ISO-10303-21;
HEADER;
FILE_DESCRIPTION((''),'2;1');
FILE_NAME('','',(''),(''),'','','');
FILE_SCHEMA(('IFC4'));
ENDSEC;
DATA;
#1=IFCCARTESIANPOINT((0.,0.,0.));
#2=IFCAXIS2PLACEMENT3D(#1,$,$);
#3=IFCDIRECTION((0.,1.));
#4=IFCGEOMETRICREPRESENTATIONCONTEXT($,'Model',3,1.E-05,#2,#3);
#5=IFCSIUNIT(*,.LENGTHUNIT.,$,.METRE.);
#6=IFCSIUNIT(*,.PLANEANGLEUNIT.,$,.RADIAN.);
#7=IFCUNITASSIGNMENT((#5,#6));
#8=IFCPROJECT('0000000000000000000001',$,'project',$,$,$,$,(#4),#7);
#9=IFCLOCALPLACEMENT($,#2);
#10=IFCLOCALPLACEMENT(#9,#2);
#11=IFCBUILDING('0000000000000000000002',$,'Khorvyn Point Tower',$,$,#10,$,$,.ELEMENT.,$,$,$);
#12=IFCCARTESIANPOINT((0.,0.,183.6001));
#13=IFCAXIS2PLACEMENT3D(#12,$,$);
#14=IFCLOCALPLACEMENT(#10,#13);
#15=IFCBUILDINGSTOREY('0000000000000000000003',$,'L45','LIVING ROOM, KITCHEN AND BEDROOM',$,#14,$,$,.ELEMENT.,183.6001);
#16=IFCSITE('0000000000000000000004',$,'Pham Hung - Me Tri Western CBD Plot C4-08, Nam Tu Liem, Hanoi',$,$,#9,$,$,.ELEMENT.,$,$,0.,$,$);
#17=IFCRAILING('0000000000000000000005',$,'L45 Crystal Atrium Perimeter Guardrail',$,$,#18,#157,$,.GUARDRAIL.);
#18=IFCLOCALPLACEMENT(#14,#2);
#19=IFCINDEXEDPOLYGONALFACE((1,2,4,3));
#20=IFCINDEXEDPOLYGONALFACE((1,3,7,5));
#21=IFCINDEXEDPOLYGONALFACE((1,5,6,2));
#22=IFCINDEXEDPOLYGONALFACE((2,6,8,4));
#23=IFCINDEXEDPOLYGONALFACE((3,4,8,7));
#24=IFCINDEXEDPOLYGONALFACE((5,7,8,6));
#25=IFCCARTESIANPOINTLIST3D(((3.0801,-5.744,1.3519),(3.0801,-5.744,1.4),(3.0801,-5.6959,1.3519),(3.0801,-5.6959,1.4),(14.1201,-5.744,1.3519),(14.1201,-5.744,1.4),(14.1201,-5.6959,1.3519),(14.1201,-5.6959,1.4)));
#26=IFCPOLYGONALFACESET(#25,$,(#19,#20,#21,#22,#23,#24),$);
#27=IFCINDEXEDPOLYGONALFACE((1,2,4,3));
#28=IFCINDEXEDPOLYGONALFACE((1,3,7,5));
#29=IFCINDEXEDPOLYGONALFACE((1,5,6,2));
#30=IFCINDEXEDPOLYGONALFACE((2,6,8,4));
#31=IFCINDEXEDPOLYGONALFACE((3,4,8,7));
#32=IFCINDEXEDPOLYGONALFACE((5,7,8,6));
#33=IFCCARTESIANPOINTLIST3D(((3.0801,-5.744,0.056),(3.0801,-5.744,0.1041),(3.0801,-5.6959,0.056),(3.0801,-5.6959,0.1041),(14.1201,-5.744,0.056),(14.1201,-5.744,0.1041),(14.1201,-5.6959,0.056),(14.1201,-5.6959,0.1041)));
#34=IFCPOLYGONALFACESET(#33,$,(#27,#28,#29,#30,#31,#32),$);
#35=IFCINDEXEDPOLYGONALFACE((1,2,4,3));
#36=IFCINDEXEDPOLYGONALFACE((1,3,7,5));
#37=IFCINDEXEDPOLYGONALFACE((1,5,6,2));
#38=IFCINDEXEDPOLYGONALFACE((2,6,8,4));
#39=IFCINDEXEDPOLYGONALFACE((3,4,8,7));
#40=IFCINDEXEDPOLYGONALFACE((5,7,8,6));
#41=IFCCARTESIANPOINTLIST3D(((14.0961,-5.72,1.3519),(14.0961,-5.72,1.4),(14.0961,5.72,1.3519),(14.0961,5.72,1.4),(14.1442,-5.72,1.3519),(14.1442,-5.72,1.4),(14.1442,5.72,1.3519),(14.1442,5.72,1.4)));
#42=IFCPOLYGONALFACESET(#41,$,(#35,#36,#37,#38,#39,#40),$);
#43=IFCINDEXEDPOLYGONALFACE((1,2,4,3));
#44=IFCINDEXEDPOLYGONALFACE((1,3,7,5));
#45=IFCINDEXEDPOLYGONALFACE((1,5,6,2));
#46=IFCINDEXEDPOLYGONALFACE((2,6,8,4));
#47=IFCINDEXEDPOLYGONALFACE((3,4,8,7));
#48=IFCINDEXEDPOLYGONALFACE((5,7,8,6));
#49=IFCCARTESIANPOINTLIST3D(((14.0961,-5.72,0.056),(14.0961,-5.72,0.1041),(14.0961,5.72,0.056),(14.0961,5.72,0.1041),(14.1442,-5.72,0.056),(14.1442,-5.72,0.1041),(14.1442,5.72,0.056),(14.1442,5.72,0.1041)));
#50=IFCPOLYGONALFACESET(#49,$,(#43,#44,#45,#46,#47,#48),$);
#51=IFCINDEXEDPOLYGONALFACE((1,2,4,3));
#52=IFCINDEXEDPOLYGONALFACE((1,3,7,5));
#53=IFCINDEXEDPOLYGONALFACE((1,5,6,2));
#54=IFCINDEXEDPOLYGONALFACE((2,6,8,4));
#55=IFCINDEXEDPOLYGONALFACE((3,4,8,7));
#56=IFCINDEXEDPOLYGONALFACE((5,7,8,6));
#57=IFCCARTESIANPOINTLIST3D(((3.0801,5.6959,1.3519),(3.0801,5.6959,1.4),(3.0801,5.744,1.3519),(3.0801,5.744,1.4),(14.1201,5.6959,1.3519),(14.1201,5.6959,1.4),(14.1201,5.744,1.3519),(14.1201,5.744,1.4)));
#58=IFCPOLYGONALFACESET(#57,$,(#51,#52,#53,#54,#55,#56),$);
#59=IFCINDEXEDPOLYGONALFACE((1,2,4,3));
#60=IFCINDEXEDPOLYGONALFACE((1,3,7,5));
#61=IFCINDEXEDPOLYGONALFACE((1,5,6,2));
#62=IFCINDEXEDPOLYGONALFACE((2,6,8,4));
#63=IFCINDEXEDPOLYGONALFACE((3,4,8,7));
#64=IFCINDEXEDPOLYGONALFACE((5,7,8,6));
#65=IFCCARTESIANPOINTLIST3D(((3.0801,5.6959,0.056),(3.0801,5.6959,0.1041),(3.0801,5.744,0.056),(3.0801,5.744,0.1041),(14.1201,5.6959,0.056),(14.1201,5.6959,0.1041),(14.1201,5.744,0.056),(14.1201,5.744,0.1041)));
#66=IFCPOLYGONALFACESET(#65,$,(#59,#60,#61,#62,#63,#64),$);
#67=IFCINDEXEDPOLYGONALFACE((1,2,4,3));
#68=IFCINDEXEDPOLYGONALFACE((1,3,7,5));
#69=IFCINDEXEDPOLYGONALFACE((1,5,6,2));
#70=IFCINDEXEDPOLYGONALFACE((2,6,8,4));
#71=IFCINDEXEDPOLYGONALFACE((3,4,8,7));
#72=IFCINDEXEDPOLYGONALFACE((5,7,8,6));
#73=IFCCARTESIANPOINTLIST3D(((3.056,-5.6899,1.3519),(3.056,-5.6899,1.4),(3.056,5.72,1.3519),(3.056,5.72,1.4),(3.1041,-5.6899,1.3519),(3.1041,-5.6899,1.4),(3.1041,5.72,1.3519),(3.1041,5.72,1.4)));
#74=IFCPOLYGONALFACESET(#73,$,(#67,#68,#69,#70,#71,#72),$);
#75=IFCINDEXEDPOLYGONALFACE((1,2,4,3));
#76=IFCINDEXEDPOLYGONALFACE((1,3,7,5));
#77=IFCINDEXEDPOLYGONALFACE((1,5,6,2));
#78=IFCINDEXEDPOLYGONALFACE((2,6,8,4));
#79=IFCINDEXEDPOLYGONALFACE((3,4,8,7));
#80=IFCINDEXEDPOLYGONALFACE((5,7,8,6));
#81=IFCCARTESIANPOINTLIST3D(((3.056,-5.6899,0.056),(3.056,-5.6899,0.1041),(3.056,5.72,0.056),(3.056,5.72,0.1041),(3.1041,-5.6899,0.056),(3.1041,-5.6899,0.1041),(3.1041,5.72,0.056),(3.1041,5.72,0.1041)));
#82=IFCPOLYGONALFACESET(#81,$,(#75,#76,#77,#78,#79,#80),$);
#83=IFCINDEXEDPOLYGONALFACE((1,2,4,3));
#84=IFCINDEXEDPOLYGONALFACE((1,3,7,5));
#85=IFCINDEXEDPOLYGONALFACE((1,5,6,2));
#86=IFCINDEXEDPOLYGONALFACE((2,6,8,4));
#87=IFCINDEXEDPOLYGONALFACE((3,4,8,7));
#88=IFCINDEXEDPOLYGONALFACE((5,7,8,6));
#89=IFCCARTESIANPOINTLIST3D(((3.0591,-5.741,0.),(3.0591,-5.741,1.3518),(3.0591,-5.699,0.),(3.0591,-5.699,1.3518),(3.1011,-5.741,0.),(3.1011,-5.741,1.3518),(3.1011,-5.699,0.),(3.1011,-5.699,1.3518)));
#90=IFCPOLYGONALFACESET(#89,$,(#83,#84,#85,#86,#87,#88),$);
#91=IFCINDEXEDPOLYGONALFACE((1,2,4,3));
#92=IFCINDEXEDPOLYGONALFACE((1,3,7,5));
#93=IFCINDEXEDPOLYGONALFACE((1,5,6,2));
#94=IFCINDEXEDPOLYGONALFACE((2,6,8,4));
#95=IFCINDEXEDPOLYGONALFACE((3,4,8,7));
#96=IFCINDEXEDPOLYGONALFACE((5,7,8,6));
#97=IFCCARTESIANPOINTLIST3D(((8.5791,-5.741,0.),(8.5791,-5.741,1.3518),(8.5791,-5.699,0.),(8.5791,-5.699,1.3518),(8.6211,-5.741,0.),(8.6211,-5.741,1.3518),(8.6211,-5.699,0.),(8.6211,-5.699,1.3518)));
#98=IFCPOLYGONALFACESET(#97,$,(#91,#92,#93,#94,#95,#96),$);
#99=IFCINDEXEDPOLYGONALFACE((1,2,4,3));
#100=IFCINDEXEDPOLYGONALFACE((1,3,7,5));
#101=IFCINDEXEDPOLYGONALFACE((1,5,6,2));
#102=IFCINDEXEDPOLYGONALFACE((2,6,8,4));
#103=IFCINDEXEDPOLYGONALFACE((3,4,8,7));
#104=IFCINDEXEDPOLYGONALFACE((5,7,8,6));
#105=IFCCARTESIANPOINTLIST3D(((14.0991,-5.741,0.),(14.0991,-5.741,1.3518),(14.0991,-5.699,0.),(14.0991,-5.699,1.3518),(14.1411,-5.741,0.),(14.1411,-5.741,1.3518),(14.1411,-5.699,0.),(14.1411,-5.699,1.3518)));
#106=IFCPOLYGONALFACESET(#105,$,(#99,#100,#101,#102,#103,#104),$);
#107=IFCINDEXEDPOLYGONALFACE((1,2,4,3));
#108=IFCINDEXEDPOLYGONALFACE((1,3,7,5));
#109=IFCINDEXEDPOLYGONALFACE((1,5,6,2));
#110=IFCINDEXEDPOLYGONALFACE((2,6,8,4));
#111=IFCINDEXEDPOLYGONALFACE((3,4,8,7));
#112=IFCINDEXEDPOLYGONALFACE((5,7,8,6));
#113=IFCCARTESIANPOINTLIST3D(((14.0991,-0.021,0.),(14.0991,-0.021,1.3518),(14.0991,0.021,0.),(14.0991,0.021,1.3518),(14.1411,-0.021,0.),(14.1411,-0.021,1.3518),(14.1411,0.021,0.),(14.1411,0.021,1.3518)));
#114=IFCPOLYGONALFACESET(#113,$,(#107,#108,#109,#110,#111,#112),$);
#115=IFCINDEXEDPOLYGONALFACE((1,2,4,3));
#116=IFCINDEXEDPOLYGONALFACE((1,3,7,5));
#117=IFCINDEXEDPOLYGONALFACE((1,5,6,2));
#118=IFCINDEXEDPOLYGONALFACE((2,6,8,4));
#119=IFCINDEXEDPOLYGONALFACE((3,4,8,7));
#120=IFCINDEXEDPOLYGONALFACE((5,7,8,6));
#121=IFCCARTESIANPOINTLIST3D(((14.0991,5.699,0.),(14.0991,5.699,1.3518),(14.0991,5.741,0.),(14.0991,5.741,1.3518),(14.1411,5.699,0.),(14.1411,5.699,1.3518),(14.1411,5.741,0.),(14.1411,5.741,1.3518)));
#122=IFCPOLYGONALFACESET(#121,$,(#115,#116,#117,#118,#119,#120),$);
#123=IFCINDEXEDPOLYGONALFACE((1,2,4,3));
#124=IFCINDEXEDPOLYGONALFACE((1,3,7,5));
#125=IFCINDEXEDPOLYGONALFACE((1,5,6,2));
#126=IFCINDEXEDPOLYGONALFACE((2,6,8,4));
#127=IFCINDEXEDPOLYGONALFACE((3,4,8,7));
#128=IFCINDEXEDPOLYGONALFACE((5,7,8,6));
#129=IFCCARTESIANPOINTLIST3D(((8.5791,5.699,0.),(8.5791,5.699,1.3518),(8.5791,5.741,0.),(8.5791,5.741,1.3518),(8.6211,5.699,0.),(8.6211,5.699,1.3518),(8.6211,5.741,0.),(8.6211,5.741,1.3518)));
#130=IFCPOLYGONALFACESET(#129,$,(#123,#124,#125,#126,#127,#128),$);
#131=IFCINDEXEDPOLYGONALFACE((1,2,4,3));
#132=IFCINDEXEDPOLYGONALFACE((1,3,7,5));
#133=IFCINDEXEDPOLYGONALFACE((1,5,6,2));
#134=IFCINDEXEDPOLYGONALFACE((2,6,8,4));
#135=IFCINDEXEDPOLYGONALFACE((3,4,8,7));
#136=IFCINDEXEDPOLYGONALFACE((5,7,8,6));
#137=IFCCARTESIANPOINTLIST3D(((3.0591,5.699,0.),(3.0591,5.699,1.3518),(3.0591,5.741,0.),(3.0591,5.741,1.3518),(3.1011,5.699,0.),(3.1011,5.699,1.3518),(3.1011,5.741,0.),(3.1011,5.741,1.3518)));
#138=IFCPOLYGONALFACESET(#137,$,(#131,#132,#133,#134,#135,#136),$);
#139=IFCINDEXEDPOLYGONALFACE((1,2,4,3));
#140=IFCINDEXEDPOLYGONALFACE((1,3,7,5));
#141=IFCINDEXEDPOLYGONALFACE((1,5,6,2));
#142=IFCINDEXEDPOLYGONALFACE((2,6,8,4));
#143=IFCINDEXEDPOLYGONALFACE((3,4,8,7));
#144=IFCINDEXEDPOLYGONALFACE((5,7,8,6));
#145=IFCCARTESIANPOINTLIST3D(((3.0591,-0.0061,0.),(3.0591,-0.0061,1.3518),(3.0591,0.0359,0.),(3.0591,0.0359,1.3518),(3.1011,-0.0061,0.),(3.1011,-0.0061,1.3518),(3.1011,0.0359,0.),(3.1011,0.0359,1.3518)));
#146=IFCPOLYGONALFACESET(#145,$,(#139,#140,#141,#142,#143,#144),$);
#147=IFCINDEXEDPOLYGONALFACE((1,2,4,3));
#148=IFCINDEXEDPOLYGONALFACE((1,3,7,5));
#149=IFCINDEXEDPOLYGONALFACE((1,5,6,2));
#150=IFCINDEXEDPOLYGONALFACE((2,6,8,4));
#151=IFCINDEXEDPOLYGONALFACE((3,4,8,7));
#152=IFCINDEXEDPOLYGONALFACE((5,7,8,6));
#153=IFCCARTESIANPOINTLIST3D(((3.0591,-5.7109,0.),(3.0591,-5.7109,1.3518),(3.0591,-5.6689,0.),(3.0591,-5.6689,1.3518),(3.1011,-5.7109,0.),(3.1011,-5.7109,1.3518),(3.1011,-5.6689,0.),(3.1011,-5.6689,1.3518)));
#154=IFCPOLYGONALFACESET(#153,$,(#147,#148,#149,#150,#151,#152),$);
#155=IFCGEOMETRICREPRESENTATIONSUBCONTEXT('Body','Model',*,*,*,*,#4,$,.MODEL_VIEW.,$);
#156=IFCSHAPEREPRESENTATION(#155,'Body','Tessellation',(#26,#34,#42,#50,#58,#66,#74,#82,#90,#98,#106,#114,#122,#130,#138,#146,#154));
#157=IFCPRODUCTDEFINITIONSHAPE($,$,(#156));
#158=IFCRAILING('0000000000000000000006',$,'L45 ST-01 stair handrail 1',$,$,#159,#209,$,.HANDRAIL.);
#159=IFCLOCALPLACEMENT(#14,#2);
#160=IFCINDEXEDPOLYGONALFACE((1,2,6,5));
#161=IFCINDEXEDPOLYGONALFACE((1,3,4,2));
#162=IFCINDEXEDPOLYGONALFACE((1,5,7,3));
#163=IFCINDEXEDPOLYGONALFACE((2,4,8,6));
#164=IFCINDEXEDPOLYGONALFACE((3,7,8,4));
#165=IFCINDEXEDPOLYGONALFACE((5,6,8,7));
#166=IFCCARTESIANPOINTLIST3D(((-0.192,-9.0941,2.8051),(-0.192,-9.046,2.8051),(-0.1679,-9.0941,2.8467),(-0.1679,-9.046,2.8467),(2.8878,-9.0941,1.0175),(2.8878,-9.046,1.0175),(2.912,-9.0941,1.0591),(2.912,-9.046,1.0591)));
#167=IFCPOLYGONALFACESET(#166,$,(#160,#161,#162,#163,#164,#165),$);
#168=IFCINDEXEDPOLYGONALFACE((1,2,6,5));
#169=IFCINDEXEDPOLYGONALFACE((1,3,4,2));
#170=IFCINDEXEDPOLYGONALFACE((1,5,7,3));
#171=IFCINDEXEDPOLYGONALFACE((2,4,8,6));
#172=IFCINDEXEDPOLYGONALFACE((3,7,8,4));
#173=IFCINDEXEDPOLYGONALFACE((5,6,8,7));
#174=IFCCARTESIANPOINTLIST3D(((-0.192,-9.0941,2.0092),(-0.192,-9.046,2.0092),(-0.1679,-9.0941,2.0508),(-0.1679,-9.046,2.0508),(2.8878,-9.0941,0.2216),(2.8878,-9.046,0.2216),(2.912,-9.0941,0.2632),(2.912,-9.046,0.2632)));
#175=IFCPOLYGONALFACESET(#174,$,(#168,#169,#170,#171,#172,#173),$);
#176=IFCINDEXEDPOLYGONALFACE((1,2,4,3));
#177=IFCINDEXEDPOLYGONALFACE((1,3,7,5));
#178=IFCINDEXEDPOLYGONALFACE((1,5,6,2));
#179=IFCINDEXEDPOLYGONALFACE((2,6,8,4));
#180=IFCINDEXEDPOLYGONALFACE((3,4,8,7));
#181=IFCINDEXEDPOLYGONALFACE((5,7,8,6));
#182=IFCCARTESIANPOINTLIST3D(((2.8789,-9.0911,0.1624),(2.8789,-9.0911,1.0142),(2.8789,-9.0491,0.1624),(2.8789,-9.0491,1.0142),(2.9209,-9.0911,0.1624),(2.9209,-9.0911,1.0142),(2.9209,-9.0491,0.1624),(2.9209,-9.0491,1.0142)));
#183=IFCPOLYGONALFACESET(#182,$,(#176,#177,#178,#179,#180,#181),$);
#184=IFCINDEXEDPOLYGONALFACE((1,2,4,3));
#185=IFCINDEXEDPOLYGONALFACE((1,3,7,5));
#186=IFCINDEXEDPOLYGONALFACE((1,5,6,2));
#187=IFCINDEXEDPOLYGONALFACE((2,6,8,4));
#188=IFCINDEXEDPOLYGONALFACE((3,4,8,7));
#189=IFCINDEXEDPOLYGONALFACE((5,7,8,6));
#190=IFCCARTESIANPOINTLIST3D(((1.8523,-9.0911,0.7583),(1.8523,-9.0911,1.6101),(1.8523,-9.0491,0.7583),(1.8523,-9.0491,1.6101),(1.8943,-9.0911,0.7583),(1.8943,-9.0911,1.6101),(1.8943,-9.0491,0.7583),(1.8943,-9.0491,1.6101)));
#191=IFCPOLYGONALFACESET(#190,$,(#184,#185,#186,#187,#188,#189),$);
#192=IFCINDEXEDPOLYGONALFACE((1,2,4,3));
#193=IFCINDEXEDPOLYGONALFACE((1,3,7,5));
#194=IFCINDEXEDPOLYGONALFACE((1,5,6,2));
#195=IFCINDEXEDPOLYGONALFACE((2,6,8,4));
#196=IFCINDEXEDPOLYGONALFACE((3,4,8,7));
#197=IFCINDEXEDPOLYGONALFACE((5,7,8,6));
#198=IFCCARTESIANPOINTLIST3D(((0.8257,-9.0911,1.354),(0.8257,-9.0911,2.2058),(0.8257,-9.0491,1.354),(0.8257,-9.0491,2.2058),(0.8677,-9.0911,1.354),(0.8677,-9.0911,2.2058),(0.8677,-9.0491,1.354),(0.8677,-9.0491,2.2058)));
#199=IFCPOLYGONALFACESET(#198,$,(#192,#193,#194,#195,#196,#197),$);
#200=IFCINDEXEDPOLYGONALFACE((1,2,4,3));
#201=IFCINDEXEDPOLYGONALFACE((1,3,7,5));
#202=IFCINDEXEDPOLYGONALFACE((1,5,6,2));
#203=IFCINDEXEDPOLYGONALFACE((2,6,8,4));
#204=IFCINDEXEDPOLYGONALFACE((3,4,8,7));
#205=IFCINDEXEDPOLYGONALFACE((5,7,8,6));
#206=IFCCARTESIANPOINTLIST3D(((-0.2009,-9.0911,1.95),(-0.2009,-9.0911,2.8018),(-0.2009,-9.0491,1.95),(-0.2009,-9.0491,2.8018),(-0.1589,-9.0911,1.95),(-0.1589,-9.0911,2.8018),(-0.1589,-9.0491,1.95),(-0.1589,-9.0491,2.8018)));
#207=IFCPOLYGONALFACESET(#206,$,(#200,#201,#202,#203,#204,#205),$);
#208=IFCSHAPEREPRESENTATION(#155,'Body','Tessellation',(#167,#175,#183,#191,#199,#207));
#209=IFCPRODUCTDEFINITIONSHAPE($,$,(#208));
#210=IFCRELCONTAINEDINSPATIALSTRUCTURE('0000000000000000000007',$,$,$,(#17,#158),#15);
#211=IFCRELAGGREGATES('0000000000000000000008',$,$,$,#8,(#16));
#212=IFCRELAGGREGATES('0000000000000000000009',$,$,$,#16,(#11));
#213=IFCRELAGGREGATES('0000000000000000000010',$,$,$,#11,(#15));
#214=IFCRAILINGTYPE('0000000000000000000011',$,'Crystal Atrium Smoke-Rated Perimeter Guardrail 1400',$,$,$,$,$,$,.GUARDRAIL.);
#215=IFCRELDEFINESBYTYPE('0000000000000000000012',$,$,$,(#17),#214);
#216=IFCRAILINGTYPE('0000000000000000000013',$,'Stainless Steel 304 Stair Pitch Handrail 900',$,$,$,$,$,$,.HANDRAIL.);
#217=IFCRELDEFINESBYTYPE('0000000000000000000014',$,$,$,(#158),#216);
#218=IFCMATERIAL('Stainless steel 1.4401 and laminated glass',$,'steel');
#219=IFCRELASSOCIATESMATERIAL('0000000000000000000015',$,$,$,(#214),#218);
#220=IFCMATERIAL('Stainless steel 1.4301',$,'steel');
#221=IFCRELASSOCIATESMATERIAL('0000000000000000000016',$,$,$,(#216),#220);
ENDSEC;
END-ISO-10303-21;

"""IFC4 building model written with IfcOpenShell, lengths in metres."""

from ifc_helpers import new_model, si_unit, direction, frame, origin, origin_2d, place, context, subcontext, project, spatial, rectangle, extrude, material, type_object, element, save


model = new_model("IFC4")

# Units and contexts
model_context = context("Model", 3, precision=1e-05, world=origin(), true_north=direction((0.0, 1.0)))
body_context = subcontext(model_context, "Body", "Model", "MODEL_VIEW")
ifc_project = project(units=[si_unit("LENGTHUNIT", "METRE"), si_unit("PLANEANGLEUNIT", "RADIAN")], contexts=[model_context])

# Site, building, storey
site_placement = place(None, origin())
site = spatial("IfcSite", under=ifc_project, at=site_placement, Name="Pham Hung - Me Tri Western CBD Plot C4-08, Nam Tu Liem, Hanoi", CompositionType="ELEMENT", RefElevation=0.0)
building_placement = place(site_placement, origin())
building = spatial("IfcBuilding", under=site, at=building_placement, Name="Khorvyn Point Tower", CompositionType="ELEMENT")
storey_placement = place(building_placement, frame((0.0, 0.0, 183.6001)))
storey = spatial("IfcBuildingStorey", under=building, at=storey_placement, Name="L45", Description="LIVING ROOM, KITCHEN AND BEDROOM", CompositionType="ELEMENT", Elevation=183.6001)

# Shared definitions
ifc_material_1 = material(Name="Stainless steel 1.4301", Category="steel")

# Railings
ifc_material_2 = material(Name="Stainless steel 1.4401 and laminated glass", Category="steel")
railing_type_1 = type_object("IfcRailingType", Name="Crystal Atrium Smoke-Rated Perimeter Guardrail 1400", PredefinedType="GUARDRAIL", material=ifc_material_2)
railing_1_placement = place(storey_placement, frame((3.0801, -5.72, 0.0)))
element("IfcRailing", 1, at=railing_1_placement, inside=storey, type_object=railing_type_1, Name="L45 Crystal Atrium Perimeter Guardrail", PredefinedType="GUARDRAIL", context=body_context, shape_type="SweptSolid", body=[
    extrude(rectangle(XDim=0.0481, YDim=0.0481, at=origin_2d()), frame((0.0, 0.0, 1.376), z_axis=(1.0, 0.0, 0.0), x_axis=(0.0, 1.0, 0.0)), (0.0, 0.0, 1.0), 11.04),
    extrude(rectangle(XDim=0.0481, YDim=0.0481, at=origin_2d()), frame((0.0, 0.0, 0.0801), z_axis=(1.0, 0.0, 0.0), x_axis=(0.0, 1.0, 0.0)), (0.0, 0.0, 1.0), 11.04),
    extrude(rectangle(XDim=0.0481, YDim=0.0481, at=origin_2d()), frame((11.04, 0.0, 1.376), z_axis=(0.0, 1.0, 0.0), x_axis=(-1.0, 0.0, 0.0)), (0.0, 0.0, 1.0), 11.4399),
    extrude(rectangle(XDim=0.0481, YDim=0.0481, at=origin_2d()), frame((11.04, 0.0, 0.0801), z_axis=(0.0, 1.0, 0.0), x_axis=(-1.0, 0.0, 0.0)), (0.0, 0.0, 1.0), 11.4399),
    extrude(rectangle(XDim=0.0481, YDim=0.0481, at=origin_2d()), frame((11.04, 11.4399, 1.376), z_axis=(-1.0, 0.0, 0.0), x_axis=(0.0, -1.0, 0.0)), (0.0, 0.0, 1.0), 11.04),
    extrude(rectangle(XDim=0.0481, YDim=0.0481, at=origin_2d()), frame((11.04, 11.4399, 0.0801), z_axis=(-1.0, 0.0, 0.0), x_axis=(0.0, -1.0, 0.0)), (0.0, 0.0, 1.0), 11.04),
    extrude(rectangle(XDim=0.0481, YDim=0.0481, at=origin_2d()), frame((0.0, 11.4399, 1.376), z_axis=(0.0, -1.0, 0.0), x_axis=(1.0, 0.0, 0.0)), (0.0, 0.0, 1.0), 11.4099),
    extrude(rectangle(XDim=0.0481, YDim=0.0481, at=origin_2d()), frame((0.0, 11.4399, 0.0801), z_axis=(0.0, -1.0, 0.0), x_axis=(1.0, 0.0, 0.0)), (0.0, 0.0, 1.0), 11.4099),
    extrude(rectangle(XDim=0.042, YDim=0.042, at=origin_2d()), origin(), (0.0, 0.0, 1.0), 1.3518),
    extrude(rectangle(XDim=0.042, YDim=0.042, at=origin_2d()), frame((5.52, 0.0, 0.0)), (0.0, 0.0, 1.0), 1.3518),
    extrude(rectangle(XDim=0.042, YDim=0.042, at=origin_2d()), frame((11.04, 0.0, 0.0)), (0.0, 0.0, 1.0), 1.3518),
    extrude(rectangle(XDim=0.042, YDim=0.042, at=origin_2d()), frame((11.04, 5.72, 0.0)), (0.0, 0.0, 1.0), 1.3518),
    extrude(rectangle(XDim=0.042, YDim=0.042, at=origin_2d()), frame((11.04, 11.4399, 0.0)), (0.0, 0.0, 1.0), 1.3518),
    extrude(rectangle(XDim=0.042, YDim=0.042, at=origin_2d()), frame((5.52, 11.4399, 0.0)), (0.0, 0.0, 1.0), 1.3518),
    extrude(rectangle(XDim=0.042, YDim=0.042, at=origin_2d()), frame((0.0, 11.4399, 0.0)), (0.0, 0.0, 1.0), 1.3518),
    extrude(rectangle(XDim=0.042, YDim=0.042, at=origin_2d()), frame((0.0, 5.7349, 0.0)), (0.0, 0.0, 1.0), 1.3518),
    extrude(rectangle(XDim=0.042, YDim=0.042, at=origin_2d()), frame((0.0, 0.03, 0.0)), (0.0, 0.0, 1.0), 1.3518),
])
railing_type_2 = type_object("IfcRailingType", Name="Stainless Steel 304 Stair Pitch Handrail 900", PredefinedType="HANDRAIL", material=ifc_material_1)
railing_2_placement = place(storey_placement, frame((2.8999, -9.0701, 0.1624)))
element("IfcRailing", 2, at=railing_2_placement, inside=storey, type_object=railing_type_2, Name="L45 ST-01 stair handrail 1", PredefinedType="HANDRAIL", context=body_context, shape_type="SweptSolid", body=[
    extrude(rectangle(XDim=0.0481, YDim=0.0481, at=origin_2d()), frame((0.0, 0.0, 0.876), z_axis=(-0.864873, 0.0, 0.50199), x_axis=(0.0, -1.0, 0.0)), (0.0, 0.0, 1.0), 3.561),
    extrude(rectangle(XDim=0.0481, YDim=0.0481, at=origin_2d()), frame((0.0, 0.0, 0.0801), z_axis=(-0.864873, 0.0, 0.50199), x_axis=(0.0, -1.0, 0.0)), (0.0, 0.0, 1.0), 3.561),
    extrude(rectangle(XDim=0.042, YDim=0.042, at=origin_2d()), origin(), (0.0, 0.0, 1.0), 0.8518),
    extrude(rectangle(XDim=0.042, YDim=0.042, at=origin_2d()), frame((-1.0266, 0.0, 0.5959)), (0.0, 0.0, 1.0), 0.8518),
    extrude(rectangle(XDim=0.042, YDim=0.042, at=origin_2d()), frame((-2.0532, 0.0, 1.1917)), (0.0, 0.0, 1.0), 0.8518),
    extrude(rectangle(XDim=0.042, YDim=0.042, at=origin_2d()), frame((-3.0798, 0.0, 1.7876)), (0.0, 0.0, 1.0), 0.8518),
])

save(model, "model.ifc")
